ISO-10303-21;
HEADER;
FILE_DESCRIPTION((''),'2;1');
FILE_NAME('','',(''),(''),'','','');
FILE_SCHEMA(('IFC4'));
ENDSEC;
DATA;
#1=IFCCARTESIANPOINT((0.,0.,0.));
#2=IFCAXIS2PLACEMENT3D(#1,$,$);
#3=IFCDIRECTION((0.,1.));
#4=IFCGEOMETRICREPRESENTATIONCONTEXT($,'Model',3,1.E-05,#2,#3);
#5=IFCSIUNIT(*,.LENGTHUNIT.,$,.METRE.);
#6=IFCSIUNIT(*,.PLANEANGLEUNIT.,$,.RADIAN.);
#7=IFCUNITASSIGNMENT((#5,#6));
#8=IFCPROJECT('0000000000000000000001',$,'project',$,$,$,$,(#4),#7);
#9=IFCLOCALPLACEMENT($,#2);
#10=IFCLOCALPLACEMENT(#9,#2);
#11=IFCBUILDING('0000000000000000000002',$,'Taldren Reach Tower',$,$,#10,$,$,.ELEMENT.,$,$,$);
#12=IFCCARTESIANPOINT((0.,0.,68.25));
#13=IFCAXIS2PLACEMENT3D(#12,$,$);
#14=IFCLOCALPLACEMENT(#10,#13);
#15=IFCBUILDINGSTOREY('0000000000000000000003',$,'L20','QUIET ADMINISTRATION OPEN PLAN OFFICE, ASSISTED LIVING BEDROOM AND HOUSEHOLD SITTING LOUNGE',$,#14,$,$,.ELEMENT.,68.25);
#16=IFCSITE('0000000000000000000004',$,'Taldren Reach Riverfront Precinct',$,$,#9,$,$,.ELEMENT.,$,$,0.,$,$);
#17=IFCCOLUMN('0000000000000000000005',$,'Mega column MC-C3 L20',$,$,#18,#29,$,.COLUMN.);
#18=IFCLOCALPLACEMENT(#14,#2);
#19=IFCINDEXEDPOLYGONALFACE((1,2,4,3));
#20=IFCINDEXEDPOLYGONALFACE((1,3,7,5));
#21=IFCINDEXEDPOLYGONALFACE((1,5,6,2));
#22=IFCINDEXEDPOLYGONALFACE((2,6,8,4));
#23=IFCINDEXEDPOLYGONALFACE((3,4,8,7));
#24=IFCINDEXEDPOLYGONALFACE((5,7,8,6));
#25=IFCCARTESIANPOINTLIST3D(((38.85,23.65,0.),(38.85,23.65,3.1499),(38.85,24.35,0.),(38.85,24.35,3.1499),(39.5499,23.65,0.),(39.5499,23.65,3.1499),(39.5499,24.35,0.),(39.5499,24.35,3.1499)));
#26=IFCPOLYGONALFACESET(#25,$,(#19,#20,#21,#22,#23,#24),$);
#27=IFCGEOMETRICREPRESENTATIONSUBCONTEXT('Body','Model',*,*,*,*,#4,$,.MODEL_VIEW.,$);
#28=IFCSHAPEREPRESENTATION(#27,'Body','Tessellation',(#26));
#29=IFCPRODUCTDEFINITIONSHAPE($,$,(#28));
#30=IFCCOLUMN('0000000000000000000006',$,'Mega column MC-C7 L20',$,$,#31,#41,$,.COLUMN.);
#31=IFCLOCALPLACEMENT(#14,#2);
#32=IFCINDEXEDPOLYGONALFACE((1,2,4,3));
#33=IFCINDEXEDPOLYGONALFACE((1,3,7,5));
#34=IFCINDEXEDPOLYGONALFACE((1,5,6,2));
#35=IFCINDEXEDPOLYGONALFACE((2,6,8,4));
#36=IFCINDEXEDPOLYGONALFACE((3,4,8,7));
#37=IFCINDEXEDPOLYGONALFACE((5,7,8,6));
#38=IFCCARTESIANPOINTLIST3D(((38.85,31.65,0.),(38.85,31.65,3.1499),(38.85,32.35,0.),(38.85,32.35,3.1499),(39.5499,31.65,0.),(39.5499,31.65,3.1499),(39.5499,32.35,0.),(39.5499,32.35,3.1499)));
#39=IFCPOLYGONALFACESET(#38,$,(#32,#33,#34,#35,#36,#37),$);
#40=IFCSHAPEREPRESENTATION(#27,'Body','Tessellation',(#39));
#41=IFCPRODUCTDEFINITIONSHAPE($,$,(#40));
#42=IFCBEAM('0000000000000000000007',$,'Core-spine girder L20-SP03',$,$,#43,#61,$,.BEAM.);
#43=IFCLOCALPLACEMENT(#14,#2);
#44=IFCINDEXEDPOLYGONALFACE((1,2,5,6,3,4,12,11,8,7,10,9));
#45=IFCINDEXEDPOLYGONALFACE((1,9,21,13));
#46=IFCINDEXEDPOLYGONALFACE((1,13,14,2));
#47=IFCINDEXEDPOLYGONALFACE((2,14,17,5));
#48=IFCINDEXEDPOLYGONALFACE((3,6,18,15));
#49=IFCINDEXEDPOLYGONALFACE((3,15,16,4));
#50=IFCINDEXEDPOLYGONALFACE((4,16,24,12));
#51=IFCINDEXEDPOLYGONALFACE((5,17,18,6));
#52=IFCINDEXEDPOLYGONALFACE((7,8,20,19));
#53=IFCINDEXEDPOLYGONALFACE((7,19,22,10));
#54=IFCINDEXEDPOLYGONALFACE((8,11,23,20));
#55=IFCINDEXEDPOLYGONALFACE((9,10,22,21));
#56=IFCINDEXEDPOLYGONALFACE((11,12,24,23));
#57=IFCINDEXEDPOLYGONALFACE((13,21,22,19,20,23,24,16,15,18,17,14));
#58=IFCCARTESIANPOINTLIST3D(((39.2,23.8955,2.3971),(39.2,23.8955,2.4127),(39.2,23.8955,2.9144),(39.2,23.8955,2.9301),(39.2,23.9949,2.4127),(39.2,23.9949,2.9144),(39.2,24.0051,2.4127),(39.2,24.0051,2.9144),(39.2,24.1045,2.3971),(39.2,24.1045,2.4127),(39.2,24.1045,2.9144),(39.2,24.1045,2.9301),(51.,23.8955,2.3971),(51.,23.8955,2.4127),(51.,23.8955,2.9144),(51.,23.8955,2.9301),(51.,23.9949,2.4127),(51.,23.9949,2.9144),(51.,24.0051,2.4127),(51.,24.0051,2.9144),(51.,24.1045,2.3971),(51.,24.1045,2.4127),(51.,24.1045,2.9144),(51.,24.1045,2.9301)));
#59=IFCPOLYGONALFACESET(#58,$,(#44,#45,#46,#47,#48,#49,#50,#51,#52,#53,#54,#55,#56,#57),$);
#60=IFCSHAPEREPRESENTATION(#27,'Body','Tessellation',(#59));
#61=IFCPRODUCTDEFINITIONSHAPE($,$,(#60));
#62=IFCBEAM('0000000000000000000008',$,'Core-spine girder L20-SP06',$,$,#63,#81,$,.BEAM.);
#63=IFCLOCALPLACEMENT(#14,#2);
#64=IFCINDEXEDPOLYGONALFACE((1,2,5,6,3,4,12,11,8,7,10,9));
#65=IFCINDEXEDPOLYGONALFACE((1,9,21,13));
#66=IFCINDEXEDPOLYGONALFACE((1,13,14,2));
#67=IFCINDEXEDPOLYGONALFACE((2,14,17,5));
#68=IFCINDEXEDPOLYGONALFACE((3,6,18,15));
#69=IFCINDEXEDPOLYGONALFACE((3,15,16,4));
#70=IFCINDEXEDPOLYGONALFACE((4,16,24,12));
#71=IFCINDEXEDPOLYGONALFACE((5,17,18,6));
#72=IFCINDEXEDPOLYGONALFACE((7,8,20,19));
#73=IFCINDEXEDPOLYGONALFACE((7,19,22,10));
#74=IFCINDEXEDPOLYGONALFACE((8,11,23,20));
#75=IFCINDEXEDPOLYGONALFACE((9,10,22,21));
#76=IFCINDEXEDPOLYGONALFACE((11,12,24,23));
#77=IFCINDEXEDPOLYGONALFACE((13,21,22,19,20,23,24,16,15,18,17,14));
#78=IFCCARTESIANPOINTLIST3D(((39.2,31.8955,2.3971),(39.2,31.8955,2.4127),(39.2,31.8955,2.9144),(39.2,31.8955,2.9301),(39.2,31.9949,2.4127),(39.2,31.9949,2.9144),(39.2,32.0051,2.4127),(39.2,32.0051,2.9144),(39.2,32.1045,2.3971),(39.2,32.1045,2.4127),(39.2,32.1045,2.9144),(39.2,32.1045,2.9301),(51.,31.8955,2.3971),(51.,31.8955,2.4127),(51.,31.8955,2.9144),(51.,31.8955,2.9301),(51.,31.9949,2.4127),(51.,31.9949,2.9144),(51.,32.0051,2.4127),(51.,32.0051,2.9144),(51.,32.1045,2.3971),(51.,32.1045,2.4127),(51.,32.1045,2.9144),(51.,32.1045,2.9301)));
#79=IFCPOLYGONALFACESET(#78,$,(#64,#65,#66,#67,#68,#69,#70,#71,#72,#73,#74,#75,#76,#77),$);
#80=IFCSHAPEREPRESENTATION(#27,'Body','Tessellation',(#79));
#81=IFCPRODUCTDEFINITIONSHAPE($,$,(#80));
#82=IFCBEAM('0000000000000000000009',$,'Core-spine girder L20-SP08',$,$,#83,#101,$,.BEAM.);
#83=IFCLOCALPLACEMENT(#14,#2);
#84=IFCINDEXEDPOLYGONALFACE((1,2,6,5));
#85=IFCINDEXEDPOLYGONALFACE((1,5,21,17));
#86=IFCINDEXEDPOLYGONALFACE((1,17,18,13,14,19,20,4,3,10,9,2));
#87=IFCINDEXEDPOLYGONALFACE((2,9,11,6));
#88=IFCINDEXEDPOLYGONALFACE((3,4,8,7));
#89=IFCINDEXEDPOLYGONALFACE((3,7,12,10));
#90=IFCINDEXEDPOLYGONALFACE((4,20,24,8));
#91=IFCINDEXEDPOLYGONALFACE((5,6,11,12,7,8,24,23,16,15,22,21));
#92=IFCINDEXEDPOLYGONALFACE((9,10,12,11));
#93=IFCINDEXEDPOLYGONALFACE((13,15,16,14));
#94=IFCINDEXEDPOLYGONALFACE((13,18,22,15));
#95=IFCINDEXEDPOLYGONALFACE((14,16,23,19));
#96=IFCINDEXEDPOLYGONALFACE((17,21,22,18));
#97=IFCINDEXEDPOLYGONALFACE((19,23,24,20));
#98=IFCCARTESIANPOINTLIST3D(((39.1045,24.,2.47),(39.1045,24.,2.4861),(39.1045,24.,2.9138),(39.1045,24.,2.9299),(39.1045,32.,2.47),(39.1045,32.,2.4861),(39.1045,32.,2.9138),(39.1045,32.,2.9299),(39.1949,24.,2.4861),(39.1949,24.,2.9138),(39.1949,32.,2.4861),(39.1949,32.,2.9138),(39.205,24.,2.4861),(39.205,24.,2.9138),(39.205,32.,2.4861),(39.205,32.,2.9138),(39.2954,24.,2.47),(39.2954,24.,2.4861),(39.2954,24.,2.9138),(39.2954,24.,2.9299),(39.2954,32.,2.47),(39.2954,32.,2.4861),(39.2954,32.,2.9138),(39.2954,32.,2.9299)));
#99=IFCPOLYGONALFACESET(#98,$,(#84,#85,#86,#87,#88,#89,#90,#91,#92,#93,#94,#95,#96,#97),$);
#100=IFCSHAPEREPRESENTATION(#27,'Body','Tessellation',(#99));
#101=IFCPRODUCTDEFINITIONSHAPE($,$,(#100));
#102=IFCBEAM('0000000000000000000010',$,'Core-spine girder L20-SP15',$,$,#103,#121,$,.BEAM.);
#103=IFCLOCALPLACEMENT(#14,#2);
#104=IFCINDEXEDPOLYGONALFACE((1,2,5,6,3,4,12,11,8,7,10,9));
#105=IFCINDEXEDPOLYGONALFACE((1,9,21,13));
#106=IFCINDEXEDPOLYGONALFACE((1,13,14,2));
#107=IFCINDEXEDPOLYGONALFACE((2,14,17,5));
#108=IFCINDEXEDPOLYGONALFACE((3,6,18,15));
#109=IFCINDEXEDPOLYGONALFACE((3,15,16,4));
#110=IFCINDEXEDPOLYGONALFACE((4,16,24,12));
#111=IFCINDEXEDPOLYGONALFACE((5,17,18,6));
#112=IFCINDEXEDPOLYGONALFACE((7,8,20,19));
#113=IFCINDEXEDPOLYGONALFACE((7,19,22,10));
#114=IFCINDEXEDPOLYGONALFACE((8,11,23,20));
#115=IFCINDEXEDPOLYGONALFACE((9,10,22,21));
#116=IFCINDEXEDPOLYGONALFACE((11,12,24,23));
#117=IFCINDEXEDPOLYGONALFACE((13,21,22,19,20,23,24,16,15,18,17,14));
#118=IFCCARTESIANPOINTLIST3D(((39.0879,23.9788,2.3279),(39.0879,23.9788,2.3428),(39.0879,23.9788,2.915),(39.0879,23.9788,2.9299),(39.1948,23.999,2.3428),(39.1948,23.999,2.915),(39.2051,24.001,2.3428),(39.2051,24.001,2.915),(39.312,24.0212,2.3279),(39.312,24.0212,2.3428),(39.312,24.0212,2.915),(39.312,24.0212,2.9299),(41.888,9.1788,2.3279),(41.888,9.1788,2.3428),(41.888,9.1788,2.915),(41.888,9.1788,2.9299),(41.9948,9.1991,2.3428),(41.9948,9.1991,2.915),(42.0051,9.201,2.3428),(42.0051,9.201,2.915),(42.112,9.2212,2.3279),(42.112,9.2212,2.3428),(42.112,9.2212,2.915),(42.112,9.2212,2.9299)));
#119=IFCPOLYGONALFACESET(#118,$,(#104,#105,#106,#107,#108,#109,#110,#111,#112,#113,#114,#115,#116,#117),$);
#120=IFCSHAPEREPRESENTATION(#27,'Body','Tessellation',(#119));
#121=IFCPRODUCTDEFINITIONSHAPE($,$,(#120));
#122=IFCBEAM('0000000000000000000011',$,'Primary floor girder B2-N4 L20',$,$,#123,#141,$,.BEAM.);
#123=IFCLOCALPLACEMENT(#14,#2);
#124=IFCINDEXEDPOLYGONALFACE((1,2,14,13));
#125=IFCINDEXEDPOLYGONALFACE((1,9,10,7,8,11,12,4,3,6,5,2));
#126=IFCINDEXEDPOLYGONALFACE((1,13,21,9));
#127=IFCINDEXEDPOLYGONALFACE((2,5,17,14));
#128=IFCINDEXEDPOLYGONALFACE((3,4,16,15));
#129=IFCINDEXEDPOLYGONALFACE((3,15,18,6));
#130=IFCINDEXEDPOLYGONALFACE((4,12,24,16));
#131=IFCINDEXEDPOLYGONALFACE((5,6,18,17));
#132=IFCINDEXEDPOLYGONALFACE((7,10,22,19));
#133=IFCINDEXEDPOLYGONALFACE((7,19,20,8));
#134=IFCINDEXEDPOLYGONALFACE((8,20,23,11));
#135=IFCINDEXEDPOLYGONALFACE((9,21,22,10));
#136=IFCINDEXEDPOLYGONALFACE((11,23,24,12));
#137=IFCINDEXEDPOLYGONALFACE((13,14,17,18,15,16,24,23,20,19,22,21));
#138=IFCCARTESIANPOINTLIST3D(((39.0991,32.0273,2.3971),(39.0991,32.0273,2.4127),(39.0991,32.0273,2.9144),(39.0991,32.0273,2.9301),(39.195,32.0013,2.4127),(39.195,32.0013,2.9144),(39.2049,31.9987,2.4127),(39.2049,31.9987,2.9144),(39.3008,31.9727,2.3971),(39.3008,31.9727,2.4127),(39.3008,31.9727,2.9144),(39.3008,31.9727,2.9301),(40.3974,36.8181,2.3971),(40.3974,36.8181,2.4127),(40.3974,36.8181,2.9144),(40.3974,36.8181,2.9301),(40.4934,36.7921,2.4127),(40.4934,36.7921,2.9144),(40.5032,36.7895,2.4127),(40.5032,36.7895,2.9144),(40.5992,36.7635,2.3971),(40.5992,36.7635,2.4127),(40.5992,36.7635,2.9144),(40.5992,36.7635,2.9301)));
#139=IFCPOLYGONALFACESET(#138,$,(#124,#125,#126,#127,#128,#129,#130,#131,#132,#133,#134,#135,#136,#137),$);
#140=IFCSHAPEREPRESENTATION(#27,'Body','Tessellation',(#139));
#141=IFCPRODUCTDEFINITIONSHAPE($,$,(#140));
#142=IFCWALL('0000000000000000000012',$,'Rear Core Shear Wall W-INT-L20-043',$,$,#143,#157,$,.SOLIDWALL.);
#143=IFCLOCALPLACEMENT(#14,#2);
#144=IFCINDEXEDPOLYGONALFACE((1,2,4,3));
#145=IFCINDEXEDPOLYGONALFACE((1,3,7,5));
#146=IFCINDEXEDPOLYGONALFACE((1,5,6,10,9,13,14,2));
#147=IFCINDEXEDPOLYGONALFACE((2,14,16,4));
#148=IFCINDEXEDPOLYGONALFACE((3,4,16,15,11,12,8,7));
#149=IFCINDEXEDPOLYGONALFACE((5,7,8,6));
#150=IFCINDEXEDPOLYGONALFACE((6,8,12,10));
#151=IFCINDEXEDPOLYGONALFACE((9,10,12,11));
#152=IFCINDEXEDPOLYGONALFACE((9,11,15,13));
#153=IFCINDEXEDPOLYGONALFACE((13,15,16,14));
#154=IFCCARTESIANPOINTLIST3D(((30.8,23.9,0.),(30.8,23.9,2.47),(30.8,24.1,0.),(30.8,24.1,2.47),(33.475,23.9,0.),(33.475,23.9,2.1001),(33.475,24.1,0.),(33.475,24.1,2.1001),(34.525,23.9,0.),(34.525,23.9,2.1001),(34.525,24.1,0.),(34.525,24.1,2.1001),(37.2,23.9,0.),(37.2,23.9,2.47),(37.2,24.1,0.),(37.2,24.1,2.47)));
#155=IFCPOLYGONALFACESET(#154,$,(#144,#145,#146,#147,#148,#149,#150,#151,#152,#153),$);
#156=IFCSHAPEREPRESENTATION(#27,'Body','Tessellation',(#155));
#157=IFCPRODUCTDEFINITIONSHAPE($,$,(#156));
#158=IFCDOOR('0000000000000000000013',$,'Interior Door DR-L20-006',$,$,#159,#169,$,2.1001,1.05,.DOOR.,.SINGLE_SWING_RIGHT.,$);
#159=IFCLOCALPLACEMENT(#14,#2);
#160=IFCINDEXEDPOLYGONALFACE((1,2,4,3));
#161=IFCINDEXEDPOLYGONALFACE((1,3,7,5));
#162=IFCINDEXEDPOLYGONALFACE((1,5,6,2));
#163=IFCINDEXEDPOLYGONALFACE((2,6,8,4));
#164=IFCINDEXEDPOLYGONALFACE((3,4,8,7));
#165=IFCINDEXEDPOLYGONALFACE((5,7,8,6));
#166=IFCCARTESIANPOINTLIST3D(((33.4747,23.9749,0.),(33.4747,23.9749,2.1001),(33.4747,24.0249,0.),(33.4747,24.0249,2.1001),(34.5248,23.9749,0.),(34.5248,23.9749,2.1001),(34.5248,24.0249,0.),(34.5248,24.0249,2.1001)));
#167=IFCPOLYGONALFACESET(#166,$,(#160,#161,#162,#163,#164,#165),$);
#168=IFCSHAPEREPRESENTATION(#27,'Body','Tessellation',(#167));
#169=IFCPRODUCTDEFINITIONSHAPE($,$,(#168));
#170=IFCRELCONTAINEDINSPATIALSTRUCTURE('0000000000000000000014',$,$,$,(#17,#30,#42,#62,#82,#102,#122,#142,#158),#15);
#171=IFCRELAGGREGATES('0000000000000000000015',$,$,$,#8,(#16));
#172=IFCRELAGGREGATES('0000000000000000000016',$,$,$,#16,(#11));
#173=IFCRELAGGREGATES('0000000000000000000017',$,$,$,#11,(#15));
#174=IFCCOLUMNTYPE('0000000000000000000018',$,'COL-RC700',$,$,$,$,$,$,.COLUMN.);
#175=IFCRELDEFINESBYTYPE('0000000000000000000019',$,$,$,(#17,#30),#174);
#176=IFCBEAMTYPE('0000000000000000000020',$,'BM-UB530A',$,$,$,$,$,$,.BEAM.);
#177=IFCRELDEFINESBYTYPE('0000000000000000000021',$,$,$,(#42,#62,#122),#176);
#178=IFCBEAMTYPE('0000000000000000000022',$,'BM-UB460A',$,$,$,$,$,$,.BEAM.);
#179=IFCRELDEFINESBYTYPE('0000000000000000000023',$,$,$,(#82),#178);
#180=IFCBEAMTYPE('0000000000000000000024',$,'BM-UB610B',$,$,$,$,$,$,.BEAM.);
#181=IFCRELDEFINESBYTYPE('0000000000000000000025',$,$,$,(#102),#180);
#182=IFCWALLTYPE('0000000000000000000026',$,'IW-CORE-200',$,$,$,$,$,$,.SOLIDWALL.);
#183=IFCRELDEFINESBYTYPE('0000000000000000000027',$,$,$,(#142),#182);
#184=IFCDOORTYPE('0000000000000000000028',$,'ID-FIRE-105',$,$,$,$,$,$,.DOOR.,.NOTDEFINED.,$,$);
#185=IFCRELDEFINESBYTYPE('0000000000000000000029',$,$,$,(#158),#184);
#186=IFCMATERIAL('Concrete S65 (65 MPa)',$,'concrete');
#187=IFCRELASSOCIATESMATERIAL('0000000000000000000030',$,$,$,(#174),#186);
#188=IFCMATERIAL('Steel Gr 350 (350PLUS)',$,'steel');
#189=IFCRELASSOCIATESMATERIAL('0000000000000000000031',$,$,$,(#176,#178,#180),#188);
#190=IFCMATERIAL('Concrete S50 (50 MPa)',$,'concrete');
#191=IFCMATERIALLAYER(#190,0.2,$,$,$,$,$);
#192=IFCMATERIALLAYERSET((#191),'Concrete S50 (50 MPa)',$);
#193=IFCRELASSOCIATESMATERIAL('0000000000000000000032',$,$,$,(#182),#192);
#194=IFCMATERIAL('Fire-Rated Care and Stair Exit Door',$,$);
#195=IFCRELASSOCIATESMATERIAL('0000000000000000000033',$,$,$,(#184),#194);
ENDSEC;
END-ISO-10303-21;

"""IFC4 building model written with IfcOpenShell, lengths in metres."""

from ifc_helpers import new_model, si_unit, direction, frame, frame_2d, origin, origin_2d, place, context, subcontext, project, spatial, rectangle, i_section, extrude, source, transform, mapped, material, layer, layer_set, material_profile, profile_set, type_object, element, fill, save


model = new_model("IFC4")

# Units and contexts
model_context = context("Model", 3, precision=1e-05, world=origin(), true_north=direction((0.0, 1.0)))
body_context = subcontext(model_context, "Body", "Model", "MODEL_VIEW")
ifc_project = project(units=[si_unit("LENGTHUNIT", "METRE"), si_unit("PLANEANGLEUNIT", "RADIAN")], contexts=[model_context])

# Site, building, storey
site_placement = place(None, origin())
site = spatial("IfcSite", under=ifc_project, at=site_placement, Name="Taldren Reach Riverfront Precinct", CompositionType="ELEMENT", RefElevation=0.0)
building_placement = place(site_placement, origin())
building = spatial("IfcBuilding", under=site, at=building_placement, Name="Taldren Reach Tower", CompositionType="ELEMENT")
storey_placement = place(building_placement, frame((0.0, 0.0, 68.25)))
storey = spatial("IfcBuildingStorey", under=building, at=storey_placement, Name="L20", Description="QUIET ADMINISTRATION OPEN PLAN OFFICE, ASSISTED LIVING BEDROOM AND HOUSEHOLD SITTING LOUNGE", CompositionType="ELEMENT", Elevation=68.25)

# Columns
ifc_material_1 = material(Name="Concrete S65 (65 MPa)", Category="concrete")
ifc_material_profile_1 = material_profile(ifc_material_1, rectangle(XDim=0.7, YDim=0.7, at=origin_2d()), Name="RC-700x700")
ifc_profile_set_1 = profile_set([ifc_material_profile_1], Name="Concrete S65 (65 MPa)")
column_type = type_object("IfcColumnType", Name="COL-RC700", PredefinedType="COLUMN", material=ifc_profile_set_1)
shared_shape_1 = source(origin(), body_context, "Body", "SweptSolid", [
    extrude(rectangle(XDim=0.7, YDim=0.7, at=origin_2d()), origin(), (0.0, 0.0, 1.0), 3.1499),
])
for number, where, z_axis, x_axis, name in (
    (1, (39.2, 24.0, 0.0), (0.0, 0.0, 1.0), (1.0, 0.0, 0.0), "Mega column MC-C3 L20"),
    (2, (39.2, 32.0, 0.0), (0.0, 0.0, 1.0), (1.0, 0.0, 0.0), "Mega column MC-C7 L20"),
):
    element("IfcColumn", number, at=place(storey_placement, frame(where, z_axis=z_axis, x_axis=x_axis)), inside=storey, type_object=column_type, Name=name, PredefinedType="COLUMN", context=body_context, shape_type="MappedRepresentation", body=[
        mapped(shared_shape_1, transform((0.0, 0.0, 0.0), scale=1.0)),
    ])

# Beams
ifc_material_2 = material(Name="Steel Gr 350 (350PLUS)", Category="steel")
ifc_material_profile_2 = material_profile(ifc_material_2, i_section(OverallWidth=0.209, OverallDepth=0.533, WebThickness=0.0103, FlangeThickness=0.0156, at=origin_2d()), Name="530UB92.4")
ifc_profile_set_2 = profile_set([ifc_material_profile_2], Name="Steel Gr 350 (350PLUS)")
beam_type_1 = type_object("IfcBeamType", Name="BM-UB530A", PredefinedType="BEAM", material=ifc_profile_set_2)
shared_shape_2 = source(origin(), body_context, "Body", "SweptSolid", [
    extrude(i_section(OverallWidth=0.209, OverallDepth=0.533, WebThickness=0.0103, FlangeThickness=0.0156, at=origin_2d()), origin(), (0.0, 0.0, 1.0), 11.8),
])
for number, where, z_axis, x_axis, name in (
    (3, (39.2, 24.0, 2.6636), (1.0, 0.0, 0.0), (0.0, 1.0, 0.0), "Core-spine girder L20-SP03"),
    (4, (39.2, 32.0, 2.6636), (1.0, 0.0, 0.0), (0.0, 1.0, 0.0), "Core-spine girder L20-SP06"),
):
    element("IfcBeam", number, at=place(storey_placement, frame(where, z_axis=z_axis, x_axis=x_axis)), inside=storey, type_object=beam_type_1, Name=name, PredefinedType="BEAM", context=body_context, shape_type="MappedRepresentation", body=[
        mapped(shared_shape_2, transform((0.0, 0.0, 0.0), scale=1.0)),
    ])
ifc_material_profile_3 = material_profile(ifc_material_2, i_section(OverallWidth=0.1909, OverallDepth=0.46, WebThickness=0.01, FlangeThickness=0.0161, at=origin_2d()), Name="460UB82.1")
ifc_profile_set_3 = profile_set([ifc_material_profile_3], Name="Steel Gr 350 (350PLUS)")
beam_type_2 = type_object("IfcBeamType", Name="BM-UB460A", PredefinedType="BEAM", material=ifc_profile_set_3)
shared_shape_3 = source(origin(), body_context, "Body", "SweptSolid", [
    extrude(i_section(OverallWidth=0.1909, OverallDepth=0.46, WebThickness=0.01, FlangeThickness=0.0161, at=origin_2d()), origin(), (0.0, 0.0, 1.0), 8.0),
])
beam_1_placement = place(storey_placement, frame((39.2, 24.0, 2.7), z_axis=(0.0, 1.0, 0.0), x_axis=(-1.0, 0.0, 0.0)))
element("IfcBeam", 5, at=beam_1_placement, inside=storey, type_object=beam_type_2, Name="Core-spine girder L20-SP08", PredefinedType="BEAM", context=body_context, shape_type="MappedRepresentation", body=[
    mapped(shared_shape_3, transform((0.0, 0.0, 0.0), scale=1.0)),
])
ifc_material_profile_4 = material_profile(ifc_material_2, i_section(OverallWidth=0.228, OverallDepth=0.6021, WebThickness=0.0105, FlangeThickness=0.0149, at=origin_2d()), Name="610UB101")
ifc_profile_set_4 = profile_set([ifc_material_profile_4], Name="Steel Gr 350 (350PLUS)")
beam_type_3 = type_object("IfcBeamType", Name="BM-UB610B", PredefinedType="BEAM", material=ifc_profile_set_4)
shared_shape_4 = source(origin(), body_context, "Body", "SweptSolid", [
    extrude(i_section(OverallWidth=0.228, OverallDepth=0.6021, WebThickness=0.0105, FlangeThickness=0.0149, at=origin_2d()), origin(), (0.0, 0.0, 1.0), 15.0625),
])
beam_2_placement = place(storey_placement, frame((39.2, 24.0, 2.6289), z_axis=(0.185894, -0.98257, 0.0), x_axis=(0.98257, 0.185894, 0.0)))
element("IfcBeam", 6, at=beam_2_placement, inside=storey, type_object=beam_type_3, Name="Core-spine girder L20-SP15", PredefinedType="BEAM", context=body_context, shape_type="MappedRepresentation", body=[
    mapped(shared_shape_4, transform((0.0, 0.0, 0.0), scale=1.0)),
])
shared_shape_5 = source(origin(), body_context, "Body", "SweptSolid", [
    extrude(i_section(OverallWidth=0.209, OverallDepth=0.533, WebThickness=0.0103, FlangeThickness=0.0156, at=origin_2d()), origin(), (0.0, 0.0, 1.0), 4.9636),
])
beam_3_placement = place(storey_placement, frame((39.2, 32.0, 2.6636), z_axis=(0.261573, 0.965184, 0.0), x_axis=(-0.965184, 0.261573, 0.0)))
element("IfcBeam", 7, at=beam_3_placement, inside=storey, type_object=beam_type_1, Name="Primary floor girder B2-N4 L20", PredefinedType="BEAM", context=body_context, shape_type="MappedRepresentation", body=[
    mapped(shared_shape_5, transform((0.0, 0.0, 0.0), scale=1.0)),
])

# Wall, opening, door
ifc_material_3 = material(Name="Concrete S50 (50 MPa)", Category="concrete")
ifc_layer_1 = layer(ifc_material_3, 0.2)
ifc_layer_set_1 = layer_set([ifc_layer_1], Name="Concrete S50 (50 MPa)")
wall_type_1 = type_object("IfcWallType", Name="IW-CORE-200", PredefinedType="SOLIDWALL", material=ifc_layer_set_1)
shared_shape_6 = source(origin(), body_context, "Body", "SweptSolid", [
    extrude(rectangle(XDim=6.3999, YDim=0.2, at=frame_2d((3.2, 0.0))), origin(), (0.0, 0.0, 1.0), 2.47),
])
wall_1_placement = place(storey_placement, frame((37.2, 24.0, 0.0), z_axis=(0.0, 0.0, 1.0), x_axis=(-1.0, 0.0, 0.0)))
wall_1 = element("IfcWall", 8, at=wall_1_placement, inside=storey, type_object=wall_type_1, Name="Rear Core Shear Wall W-INT-L20-043", PredefinedType="SOLIDWALL", context=body_context, shape_type="MappedRepresentation", body=[
    mapped(shared_shape_6, transform((0.0, 0.0, 0.0), scale=1.0)),
])
shared_shape_7 = source(origin(), body_context, "Body", "SweptSolid", [
    extrude(rectangle(XDim=1.05, YDim=2.1001, at=frame_2d((0.5249, 1.05))), frame((0.0, 0.1099, 0.0), z_axis=(0.0, -1.0, 0.0), x_axis=(1.0, 0.0, 0.0)), (0.0, 0.0, 1.0), 0.22),
])
opening_placement = place(wall_1_placement, frame((2.675, 0.0, 0.0)))
opening = element("IfcOpeningElement", 9, at=opening_placement, cuts=wall_1, PredefinedType="OPENING", context=body_context, shape_type="MappedRepresentation", body=[
    mapped(shared_shape_7, transform((0.0, 0.0, 0.0), scale=1.0)),
])
ifc_material_4 = material(Name="Fire-Rated Care and Stair Exit Door")
door_type = type_object("IfcDoorType", Name="ID-FIRE-105", OperationType="NOTDEFINED", PredefinedType="DOOR", material=ifc_material_4)
shared_shape_8 = source(origin(), body_context, "Body", "SweptSolid", [
    extrude(rectangle(XDim=1.05, YDim=2.1001, at=frame_2d((0.5249, 1.05))), frame((0.0, 0.0249, 0.0), z_axis=(0.0, -1.0, 0.0), x_axis=(1.0, 0.0, 0.0)), (0.0, 0.0, 1.0), 0.05),
])
door_placement = place(opening_placement, frame((1.05, 0.0, 0.0), z_axis=(0.0, 0.0, 1.0), x_axis=(-1.0, 0.0, 0.0)))
door = element("IfcDoor", 10, at=door_placement, inside=storey, type_object=door_type, Name="Interior Door DR-L20-006", OperationType="SINGLE_SWING_RIGHT", OverallHeight=2.1001, OverallWidth=1.05, PredefinedType="DOOR", context=body_context, shape_type="MappedRepresentation", body=[
    mapped(shared_shape_8, transform((0.0, 0.0, 0.0), scale=1.0)),
])
fill(opening, door)

save(model, "model.ifc")
